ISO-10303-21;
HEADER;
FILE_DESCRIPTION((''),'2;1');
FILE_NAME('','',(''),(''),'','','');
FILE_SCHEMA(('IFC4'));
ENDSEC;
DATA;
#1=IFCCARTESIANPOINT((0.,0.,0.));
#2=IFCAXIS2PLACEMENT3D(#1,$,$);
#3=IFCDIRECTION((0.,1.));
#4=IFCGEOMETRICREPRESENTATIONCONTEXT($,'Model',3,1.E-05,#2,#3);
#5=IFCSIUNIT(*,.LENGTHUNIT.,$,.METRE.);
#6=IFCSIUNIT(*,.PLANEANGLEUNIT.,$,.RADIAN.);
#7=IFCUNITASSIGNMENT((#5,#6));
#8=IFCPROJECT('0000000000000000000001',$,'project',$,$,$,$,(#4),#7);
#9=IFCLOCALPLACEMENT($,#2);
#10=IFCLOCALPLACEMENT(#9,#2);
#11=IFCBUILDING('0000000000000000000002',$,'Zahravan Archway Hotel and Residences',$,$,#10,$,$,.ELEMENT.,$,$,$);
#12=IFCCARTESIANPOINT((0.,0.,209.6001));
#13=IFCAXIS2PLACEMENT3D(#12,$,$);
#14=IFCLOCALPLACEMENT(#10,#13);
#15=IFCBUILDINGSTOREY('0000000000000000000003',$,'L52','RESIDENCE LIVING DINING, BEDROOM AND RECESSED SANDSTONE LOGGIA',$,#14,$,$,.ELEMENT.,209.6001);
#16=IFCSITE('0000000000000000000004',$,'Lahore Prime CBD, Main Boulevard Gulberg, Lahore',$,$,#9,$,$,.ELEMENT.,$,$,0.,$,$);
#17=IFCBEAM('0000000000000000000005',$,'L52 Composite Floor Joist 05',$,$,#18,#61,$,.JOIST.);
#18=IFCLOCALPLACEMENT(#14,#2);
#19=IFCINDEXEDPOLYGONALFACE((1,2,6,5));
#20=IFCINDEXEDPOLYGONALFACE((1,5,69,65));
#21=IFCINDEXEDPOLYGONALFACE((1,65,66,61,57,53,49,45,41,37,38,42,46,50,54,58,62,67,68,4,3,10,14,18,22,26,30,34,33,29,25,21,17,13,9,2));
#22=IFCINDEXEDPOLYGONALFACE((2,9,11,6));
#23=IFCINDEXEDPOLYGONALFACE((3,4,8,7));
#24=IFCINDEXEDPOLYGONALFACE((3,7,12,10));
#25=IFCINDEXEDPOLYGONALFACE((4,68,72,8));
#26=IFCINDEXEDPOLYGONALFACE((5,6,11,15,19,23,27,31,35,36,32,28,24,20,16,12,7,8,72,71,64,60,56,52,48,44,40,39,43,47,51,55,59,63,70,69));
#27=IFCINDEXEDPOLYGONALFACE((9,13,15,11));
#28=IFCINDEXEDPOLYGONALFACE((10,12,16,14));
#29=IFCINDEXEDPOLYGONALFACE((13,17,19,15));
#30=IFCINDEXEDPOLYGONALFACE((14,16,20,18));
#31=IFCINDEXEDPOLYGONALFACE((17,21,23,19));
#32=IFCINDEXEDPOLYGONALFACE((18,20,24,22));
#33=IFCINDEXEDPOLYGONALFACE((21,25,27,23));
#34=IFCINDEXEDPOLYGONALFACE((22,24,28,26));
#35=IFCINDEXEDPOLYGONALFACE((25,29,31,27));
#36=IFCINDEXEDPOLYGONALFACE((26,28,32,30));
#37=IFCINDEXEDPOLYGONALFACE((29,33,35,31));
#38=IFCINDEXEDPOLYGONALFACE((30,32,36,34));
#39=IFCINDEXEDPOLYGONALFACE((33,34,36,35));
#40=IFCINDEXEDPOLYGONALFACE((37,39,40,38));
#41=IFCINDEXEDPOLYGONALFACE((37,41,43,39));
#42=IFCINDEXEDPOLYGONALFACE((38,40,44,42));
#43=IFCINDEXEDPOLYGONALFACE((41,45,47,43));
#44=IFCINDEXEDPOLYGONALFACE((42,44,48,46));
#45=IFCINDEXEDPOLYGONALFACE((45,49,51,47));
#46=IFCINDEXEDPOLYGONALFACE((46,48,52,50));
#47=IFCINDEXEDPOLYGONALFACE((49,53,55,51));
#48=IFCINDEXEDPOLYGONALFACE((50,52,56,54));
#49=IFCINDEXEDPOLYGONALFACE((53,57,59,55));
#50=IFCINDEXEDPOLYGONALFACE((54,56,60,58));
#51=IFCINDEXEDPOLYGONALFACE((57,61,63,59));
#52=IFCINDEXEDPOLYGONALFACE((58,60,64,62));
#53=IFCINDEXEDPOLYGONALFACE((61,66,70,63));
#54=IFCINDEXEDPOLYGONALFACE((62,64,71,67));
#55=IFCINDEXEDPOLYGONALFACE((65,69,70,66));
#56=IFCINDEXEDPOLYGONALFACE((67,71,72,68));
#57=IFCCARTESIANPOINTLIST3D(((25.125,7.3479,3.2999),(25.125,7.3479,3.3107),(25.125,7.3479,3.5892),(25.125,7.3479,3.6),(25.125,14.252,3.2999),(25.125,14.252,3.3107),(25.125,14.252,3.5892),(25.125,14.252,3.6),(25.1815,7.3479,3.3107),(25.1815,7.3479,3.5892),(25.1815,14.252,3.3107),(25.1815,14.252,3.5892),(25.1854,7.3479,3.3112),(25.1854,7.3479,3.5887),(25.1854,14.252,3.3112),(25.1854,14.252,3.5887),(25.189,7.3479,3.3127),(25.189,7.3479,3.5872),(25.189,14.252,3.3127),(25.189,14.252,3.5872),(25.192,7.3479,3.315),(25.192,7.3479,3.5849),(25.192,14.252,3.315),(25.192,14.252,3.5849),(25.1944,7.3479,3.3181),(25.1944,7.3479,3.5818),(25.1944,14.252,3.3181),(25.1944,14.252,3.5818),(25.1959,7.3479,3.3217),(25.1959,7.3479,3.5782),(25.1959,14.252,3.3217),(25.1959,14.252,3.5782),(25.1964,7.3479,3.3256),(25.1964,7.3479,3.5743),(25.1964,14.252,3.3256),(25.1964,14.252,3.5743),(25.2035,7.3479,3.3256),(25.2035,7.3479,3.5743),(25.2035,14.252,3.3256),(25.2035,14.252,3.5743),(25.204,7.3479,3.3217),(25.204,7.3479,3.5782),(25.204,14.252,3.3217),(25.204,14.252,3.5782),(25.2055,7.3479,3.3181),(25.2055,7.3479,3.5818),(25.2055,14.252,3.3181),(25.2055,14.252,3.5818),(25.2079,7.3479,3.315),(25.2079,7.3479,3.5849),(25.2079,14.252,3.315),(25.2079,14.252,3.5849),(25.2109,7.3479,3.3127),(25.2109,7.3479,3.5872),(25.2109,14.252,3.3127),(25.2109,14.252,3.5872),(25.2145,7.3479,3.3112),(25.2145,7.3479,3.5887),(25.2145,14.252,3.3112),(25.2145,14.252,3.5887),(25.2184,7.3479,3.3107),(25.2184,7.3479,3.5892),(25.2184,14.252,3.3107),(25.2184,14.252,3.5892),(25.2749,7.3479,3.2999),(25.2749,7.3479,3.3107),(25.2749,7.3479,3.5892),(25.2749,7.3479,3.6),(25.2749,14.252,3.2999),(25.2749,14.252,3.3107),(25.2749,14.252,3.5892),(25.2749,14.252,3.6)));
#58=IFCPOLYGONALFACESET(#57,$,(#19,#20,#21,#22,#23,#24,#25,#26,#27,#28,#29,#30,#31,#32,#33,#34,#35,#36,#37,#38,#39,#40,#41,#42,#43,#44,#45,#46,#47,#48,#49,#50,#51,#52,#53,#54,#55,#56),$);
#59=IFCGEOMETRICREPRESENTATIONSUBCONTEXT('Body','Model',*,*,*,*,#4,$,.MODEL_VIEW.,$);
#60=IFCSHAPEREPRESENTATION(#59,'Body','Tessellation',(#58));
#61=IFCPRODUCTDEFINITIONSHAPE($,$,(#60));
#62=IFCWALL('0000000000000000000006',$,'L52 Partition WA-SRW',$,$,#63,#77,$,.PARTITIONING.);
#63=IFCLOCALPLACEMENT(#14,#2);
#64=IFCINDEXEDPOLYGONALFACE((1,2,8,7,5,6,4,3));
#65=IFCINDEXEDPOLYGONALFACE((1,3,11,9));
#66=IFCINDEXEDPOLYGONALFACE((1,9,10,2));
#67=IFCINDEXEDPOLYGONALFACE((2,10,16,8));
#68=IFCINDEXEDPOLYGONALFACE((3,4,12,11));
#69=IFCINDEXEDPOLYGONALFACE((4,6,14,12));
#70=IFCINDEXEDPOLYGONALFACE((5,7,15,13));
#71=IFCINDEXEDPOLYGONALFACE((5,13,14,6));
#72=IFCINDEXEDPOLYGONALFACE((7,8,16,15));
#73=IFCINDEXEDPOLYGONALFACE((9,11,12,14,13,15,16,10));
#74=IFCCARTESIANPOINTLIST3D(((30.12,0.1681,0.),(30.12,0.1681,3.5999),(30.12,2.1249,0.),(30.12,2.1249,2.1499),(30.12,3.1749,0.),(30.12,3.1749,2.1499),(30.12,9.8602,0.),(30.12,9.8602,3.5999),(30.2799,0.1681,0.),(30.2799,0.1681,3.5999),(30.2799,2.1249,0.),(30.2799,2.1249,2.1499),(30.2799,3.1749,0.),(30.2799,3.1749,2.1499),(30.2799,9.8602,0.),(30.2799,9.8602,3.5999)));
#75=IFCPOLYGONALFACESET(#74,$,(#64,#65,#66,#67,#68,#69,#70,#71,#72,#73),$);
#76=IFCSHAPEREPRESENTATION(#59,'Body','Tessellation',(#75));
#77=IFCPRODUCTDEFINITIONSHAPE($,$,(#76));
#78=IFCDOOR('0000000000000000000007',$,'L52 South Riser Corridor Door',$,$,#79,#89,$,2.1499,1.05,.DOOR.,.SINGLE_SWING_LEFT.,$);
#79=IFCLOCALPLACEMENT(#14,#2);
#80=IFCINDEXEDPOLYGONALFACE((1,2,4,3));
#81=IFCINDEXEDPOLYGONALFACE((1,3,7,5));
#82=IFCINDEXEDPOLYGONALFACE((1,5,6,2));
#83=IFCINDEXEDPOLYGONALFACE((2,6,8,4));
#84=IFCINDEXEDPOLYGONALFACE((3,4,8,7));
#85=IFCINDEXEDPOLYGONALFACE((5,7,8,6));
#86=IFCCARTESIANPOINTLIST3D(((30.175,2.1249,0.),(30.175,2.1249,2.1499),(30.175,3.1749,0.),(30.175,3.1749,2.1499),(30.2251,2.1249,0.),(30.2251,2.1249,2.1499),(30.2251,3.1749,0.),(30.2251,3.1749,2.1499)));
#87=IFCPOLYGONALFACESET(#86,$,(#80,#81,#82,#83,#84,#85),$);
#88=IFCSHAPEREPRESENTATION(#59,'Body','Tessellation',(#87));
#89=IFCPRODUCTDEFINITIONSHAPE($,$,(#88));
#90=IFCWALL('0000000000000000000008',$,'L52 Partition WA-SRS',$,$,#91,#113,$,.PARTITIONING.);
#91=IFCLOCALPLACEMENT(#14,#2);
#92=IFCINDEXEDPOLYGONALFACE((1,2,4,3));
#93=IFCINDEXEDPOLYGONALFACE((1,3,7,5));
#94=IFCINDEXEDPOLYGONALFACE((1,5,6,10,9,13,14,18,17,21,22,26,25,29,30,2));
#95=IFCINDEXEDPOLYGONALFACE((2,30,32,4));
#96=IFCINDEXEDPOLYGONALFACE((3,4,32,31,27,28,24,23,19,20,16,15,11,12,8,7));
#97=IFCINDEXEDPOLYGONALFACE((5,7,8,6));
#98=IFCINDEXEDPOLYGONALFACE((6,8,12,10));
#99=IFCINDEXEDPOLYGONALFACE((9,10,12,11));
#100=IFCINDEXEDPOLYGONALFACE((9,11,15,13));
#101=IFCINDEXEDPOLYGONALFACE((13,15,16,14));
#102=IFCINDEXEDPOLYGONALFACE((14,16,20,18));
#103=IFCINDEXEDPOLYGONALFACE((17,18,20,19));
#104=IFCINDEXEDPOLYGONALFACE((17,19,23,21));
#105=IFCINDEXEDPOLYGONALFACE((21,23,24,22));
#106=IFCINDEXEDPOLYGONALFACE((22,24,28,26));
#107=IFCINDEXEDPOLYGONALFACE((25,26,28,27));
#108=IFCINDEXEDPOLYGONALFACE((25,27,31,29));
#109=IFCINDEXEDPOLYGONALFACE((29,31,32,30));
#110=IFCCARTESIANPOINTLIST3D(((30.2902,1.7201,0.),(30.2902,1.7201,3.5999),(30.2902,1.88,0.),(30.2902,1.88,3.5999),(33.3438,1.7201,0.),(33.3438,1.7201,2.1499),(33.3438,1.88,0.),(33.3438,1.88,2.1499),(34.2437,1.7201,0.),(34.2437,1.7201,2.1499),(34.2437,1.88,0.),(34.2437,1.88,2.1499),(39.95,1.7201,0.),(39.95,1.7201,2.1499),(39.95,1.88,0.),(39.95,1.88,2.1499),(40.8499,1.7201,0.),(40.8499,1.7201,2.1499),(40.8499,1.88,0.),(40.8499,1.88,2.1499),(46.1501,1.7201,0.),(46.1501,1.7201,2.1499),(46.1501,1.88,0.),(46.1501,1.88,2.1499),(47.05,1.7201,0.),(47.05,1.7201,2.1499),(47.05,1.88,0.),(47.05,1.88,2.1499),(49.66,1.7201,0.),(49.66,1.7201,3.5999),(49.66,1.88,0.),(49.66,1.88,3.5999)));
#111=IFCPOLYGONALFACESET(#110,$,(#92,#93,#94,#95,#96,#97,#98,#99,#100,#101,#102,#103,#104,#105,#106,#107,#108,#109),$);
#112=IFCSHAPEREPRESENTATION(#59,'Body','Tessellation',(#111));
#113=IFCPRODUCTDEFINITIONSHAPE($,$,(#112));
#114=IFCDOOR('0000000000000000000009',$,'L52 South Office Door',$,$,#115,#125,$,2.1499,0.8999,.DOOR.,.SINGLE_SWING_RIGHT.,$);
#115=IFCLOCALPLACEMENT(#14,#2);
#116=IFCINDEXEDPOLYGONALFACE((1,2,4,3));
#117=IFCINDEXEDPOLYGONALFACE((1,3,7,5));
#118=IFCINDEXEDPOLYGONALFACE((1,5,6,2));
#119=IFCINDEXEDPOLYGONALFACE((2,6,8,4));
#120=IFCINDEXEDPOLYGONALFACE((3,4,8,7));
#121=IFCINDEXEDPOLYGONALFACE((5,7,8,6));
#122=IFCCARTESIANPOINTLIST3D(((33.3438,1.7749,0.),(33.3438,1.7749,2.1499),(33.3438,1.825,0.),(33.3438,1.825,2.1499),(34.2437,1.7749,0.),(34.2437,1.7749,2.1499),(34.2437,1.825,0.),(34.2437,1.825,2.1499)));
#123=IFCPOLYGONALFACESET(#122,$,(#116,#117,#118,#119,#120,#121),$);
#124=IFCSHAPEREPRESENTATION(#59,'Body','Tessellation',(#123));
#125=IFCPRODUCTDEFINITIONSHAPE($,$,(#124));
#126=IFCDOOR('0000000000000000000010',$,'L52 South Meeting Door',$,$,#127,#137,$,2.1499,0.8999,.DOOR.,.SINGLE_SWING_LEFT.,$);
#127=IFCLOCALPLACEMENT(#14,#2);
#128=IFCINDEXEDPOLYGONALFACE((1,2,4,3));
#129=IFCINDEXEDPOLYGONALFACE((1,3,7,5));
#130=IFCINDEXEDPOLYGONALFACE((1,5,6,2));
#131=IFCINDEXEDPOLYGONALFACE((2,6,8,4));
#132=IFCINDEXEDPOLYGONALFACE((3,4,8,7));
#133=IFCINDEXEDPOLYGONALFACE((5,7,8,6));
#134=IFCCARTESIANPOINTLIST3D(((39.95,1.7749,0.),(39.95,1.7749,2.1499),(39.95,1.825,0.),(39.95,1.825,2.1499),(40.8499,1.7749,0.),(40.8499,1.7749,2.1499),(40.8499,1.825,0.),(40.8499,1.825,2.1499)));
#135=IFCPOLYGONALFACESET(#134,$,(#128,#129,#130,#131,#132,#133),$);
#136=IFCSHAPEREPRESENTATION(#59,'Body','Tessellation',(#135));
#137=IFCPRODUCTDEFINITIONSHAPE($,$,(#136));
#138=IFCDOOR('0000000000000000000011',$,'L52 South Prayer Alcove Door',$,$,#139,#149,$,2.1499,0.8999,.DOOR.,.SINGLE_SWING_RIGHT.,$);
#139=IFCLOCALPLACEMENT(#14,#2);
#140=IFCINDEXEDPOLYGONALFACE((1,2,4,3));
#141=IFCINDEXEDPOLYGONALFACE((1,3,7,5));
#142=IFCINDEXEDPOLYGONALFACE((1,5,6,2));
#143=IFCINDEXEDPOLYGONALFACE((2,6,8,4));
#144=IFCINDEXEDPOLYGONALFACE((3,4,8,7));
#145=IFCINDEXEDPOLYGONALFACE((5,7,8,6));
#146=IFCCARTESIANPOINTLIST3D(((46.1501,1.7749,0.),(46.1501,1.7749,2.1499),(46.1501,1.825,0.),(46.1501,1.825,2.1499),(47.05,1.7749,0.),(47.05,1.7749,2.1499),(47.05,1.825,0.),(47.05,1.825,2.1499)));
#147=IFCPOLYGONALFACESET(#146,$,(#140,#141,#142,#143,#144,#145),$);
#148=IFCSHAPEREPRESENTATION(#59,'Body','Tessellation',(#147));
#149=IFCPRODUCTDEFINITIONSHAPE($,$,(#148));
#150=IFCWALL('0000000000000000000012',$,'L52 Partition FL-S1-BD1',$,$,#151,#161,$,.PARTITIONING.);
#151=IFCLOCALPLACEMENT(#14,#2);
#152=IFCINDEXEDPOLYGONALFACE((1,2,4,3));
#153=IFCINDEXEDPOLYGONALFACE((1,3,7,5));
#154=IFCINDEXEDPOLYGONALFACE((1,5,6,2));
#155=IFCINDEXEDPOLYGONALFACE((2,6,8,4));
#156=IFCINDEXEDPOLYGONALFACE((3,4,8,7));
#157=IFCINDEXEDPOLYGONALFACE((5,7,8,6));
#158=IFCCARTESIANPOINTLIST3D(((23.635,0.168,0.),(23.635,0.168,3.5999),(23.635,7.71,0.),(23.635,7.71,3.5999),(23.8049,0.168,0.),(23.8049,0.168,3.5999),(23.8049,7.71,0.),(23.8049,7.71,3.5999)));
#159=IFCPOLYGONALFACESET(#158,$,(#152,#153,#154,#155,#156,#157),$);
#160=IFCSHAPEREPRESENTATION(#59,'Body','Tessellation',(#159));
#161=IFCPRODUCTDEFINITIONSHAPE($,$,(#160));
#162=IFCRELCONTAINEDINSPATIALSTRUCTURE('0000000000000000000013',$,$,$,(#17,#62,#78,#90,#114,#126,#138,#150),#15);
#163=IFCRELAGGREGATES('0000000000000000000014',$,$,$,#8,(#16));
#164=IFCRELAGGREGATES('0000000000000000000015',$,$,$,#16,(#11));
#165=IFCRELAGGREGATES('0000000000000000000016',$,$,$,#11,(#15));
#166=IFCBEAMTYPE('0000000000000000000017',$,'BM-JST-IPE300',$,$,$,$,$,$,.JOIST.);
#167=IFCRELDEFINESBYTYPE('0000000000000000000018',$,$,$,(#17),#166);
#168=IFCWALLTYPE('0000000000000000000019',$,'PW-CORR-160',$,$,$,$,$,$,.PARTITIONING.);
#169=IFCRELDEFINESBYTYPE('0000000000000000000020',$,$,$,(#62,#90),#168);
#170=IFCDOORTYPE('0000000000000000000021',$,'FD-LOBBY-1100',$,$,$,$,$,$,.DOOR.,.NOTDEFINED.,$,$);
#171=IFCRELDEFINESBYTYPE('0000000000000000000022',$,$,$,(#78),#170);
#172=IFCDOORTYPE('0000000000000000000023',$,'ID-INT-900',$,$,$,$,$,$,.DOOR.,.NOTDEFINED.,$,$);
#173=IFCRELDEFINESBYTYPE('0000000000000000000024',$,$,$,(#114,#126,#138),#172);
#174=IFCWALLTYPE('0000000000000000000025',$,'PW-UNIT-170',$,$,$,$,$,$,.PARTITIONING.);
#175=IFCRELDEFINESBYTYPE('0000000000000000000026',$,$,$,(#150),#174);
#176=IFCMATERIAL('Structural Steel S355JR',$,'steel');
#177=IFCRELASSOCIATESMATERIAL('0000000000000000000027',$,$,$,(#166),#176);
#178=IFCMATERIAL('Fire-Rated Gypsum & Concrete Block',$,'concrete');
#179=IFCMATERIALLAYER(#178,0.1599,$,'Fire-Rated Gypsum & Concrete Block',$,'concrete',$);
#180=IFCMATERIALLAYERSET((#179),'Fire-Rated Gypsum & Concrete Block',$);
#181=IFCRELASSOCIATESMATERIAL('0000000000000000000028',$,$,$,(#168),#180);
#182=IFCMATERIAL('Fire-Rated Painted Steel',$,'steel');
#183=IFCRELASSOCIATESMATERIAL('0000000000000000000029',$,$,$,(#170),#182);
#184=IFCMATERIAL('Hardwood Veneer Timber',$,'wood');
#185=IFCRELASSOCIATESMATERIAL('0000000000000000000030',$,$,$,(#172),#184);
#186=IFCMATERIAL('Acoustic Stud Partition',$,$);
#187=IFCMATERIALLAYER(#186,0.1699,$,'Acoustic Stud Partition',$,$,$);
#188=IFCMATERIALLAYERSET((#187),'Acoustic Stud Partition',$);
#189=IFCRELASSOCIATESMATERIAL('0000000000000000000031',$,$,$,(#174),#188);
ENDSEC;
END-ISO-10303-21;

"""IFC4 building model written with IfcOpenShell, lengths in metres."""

from ifc_helpers import new_model, si_unit, direction, frame, frame_2d, origin, origin_2d, place, context, subcontext, project, spatial, rectangle, i_section, extrude, source, transform, mapped, material, layer, layer_set, material_profile, profile_set, type_object, type_shapes, element, fill, save


model = new_model("IFC4")

# Units and contexts
model_context = context("Model", 3, precision=1e-05, world=origin(), true_north=direction((0.0, 1.0)))
body_context = subcontext(model_context, "Body", "Model", "MODEL_VIEW")
ifc_project = project(units=[si_unit("LENGTHUNIT", "METRE"), si_unit("PLANEANGLEUNIT", "RADIAN")], contexts=[model_context])

# Site, building, storey
site_placement = place(None, origin())
site = spatial("IfcSite", under=ifc_project, at=site_placement, Name="Lahore Prime CBD, Main Boulevard Gulberg, Lahore", CompositionType="ELEMENT", RefElevation=0.0)
building_placement = place(site_placement, origin())
building = spatial("IfcBuilding", under=site, at=building_placement, Name="Zahravan Archway Hotel and Residences", CompositionType="ELEMENT")
storey_placement = place(building_placement, frame((0.0, 0.0, 209.6001)))
storey = spatial("IfcBuildingStorey", under=building, at=storey_placement, Name="L52", Description="RESIDENCE LIVING DINING, BEDROOM AND RECESSED SANDSTONE LOGGIA", CompositionType="ELEMENT", Elevation=209.6001)

# Beam
ifc_material_1 = material(Name="Structural Steel S355JR", Category="steel")
ifc_material_profile_1 = material_profile(ifc_material_1, i_section(OverallWidth=0.1499, OverallDepth=0.3, WebThickness=0.0071, FlangeThickness=0.0107, FilletRadius=0.0149, at=origin_2d()), Name="IPE 300", Category="steel")
ifc_profile_set_1 = profile_set([ifc_material_profile_1], Name="Structural Steel S355JR")
beam_type_1 = type_object("IfcBeamType", Name="BM-JST-IPE300", PredefinedType="JOIST", material=ifc_profile_set_1)
shared_shape_1 = source(origin(), body_context, "Body", "SweptSolid", [
    extrude(i_section(OverallWidth=0.1499, OverallDepth=0.3, WebThickness=0.0071, FlangeThickness=0.0107, FilletRadius=0.0149, at=origin_2d()), origin(), (0.0, 0.0, 1.0), 6.9041),
])
type_shapes(beam_type_1, [shared_shape_1])
for number, where, z_axis, x_axis, name in (
    (1, (25.2, 7.3479, 3.45), (0.0, 1.0, 0.0), (-1.0, 0.0, 0.0), "L52 Composite Floor Joist 05"),
):
    element("IfcBeam", number, at=place(storey_placement, frame(where, z_axis=z_axis, x_axis=x_axis)), inside=storey, type_object=beam_type_1, Name=name, PredefinedType="JOIST", context=body_context, shape_type="MappedRepresentation", body=[
        mapped(shared_shape_1, transform((0.0, 0.0, 0.0), scale=1.0)),
    ])

# Wall, opening, door
ifc_material_2 = material(Name="Fire-Rated Gypsum & Concrete Block", Category="concrete")
ifc_layer_1 = layer(ifc_material_2, 0.1599, Name="Fire-Rated Gypsum & Concrete Block", Category="concrete")
ifc_layer_set_1 = layer_set([ifc_layer_1], Name="Fire-Rated Gypsum & Concrete Block")
wall_type_1 = type_object("IfcWallType", Name="PW-CORR-160", PredefinedType="PARTITIONING", material=ifc_layer_set_1)
wall_1_placement = place(storey_placement, frame((30.2, 0.168, 0.0), z_axis=(0.0, 0.0, 1.0), x_axis=(0.0, 1.0, 0.0)))
wall_1 = element("IfcWall", 2, at=wall_1_placement, inside=storey, type_object=wall_type_1, Name="L52 Partition WA-SRW", PredefinedType="PARTITIONING", context=body_context, shape_type="SweptSolid", body=[
    extrude(rectangle(XDim=9.6921, YDim=0.1599, at=frame_2d((4.8462, 0.0))), origin(), (0.0, 0.0, 1.0), 3.5999),
])
opening_1_placement = place(wall_1_placement, frame((1.957, 0.0, 0.0)))
opening_1 = element("IfcOpeningElement", 3, at=opening_1_placement, cuts=wall_1, PredefinedType="OPENING", context=body_context, shape_type="SweptSolid", body=[
    extrude(rectangle(XDim=1.05, YDim=2.1499, at=frame_2d((0.5249, 1.075))), frame((0.0, 0.0898, 0.0), z_axis=(0.0, -1.0, 0.0), x_axis=(1.0, 0.0, 0.0)), (0.0, 0.0, 1.0), 0.1799),
])
ifc_material_3 = material(Name="Fire-Rated Painted Steel", Category="steel")
door_type_1 = type_object("IfcDoorType", Name="FD-LOBBY-1100", OperationType="NOTDEFINED", PredefinedType="DOOR", material=ifc_material_3)
shared_shape_2 = source(origin(), body_context, "Body", "SweptSolid", [
    extrude(rectangle(XDim=1.05, YDim=2.1499, at=frame_2d((0.5249, 1.075))), frame((0.0, 0.0249, 0.0), z_axis=(0.0, -1.0, 0.0), x_axis=(1.0, 0.0, 0.0)), (0.0, 0.0, 1.0), 0.05),
])
type_shapes(door_type_1, [shared_shape_2])
door_1_placement = place(opening_1_placement, origin())
door_1 = element("IfcDoor", 4, at=door_1_placement, inside=storey, type_object=door_type_1, Name="L52 South Riser Corridor Door", OperationType="SINGLE_SWING_LEFT", OverallHeight=2.1499, OverallWidth=1.05, PredefinedType="DOOR", context=body_context, shape_type="MappedRepresentation", body=[
    mapped(shared_shape_2, transform((0.0, 0.0, 0.0), scale=1.0)),
])
fill(opening_1, door_1)

# Wall, openings, doors
wall_2_placement = place(storey_placement, frame((30.29, 1.8, 0.0), z_axis=(0.0, 0.0, 1.0), x_axis=(1.0, 0.0, 0.0)))
wall_2 = element("IfcWall", 5, at=wall_2_placement, inside=storey, type_object=wall_type_1, Name="L52 Partition WA-SRS", PredefinedType="PARTITIONING", context=body_context, shape_type="SweptSolid", body=[
    extrude(rectangle(XDim=19.3699, YDim=0.1599, at=frame_2d((9.6851, 0.0))), origin(), (0.0, 0.0, 1.0), 3.5999),
])
opening_2_placement = place(wall_2_placement, frame((3.0537, 0.0, 0.0)))
opening_2 = element("IfcOpeningElement", 6, at=opening_2_placement, cuts=wall_2, PredefinedType="OPENING", context=body_context, shape_type="SweptSolid", body=[
    extrude(rectangle(XDim=0.8999, YDim=2.1499, at=frame_2d((0.45, 1.075))), frame((0.0, 0.0898, 0.0), z_axis=(0.0, -1.0, 0.0), x_axis=(1.0, 0.0, 0.0)), (0.0, 0.0, 1.0), 0.1799),
])
opening_3_placement = place(wall_2_placement, frame((9.6599, 0.0, 0.0)))
opening_3 = element("IfcOpeningElement", 7, at=opening_3_placement, cuts=wall_2, PredefinedType="OPENING", context=body_context, shape_type="SweptSolid", body=[
    extrude(rectangle(XDim=0.8999, YDim=2.1499, at=frame_2d((0.45, 1.075))), frame((0.0, 0.0898, 0.0), z_axis=(0.0, -1.0, 0.0), x_axis=(1.0, 0.0, 0.0)), (0.0, 0.0, 1.0), 0.1799),
])
opening_4_placement = place(wall_2_placement, frame((15.8601, 0.0, 0.0)))
opening_4 = element("IfcOpeningElement", 8, at=opening_4_placement, cuts=wall_2, PredefinedType="OPENING", context=body_context, shape_type="SweptSolid", body=[
    extrude(rectangle(XDim=0.8999, YDim=2.1499, at=frame_2d((0.45, 1.075))), frame((0.0, 0.0898, 0.0), z_axis=(0.0, -1.0, 0.0), x_axis=(1.0, 0.0, 0.0)), (0.0, 0.0, 1.0), 0.1799),
])
ifc_material_4 = material(Name="Hardwood Veneer Timber", Category="wood")
door_type_2 = type_object("IfcDoorType", Name="ID-INT-900", OperationType="NOTDEFINED", PredefinedType="DOOR", material=ifc_material_4)
shared_shape_3 = source(origin(), body_context, "Body", "SweptSolid", [
    extrude(rectangle(XDim=0.8999, YDim=2.1499, at=frame_2d((0.45, 1.075))), frame((0.0, 0.0249, 0.0), z_axis=(0.0, -1.0, 0.0), x_axis=(1.0, 0.0, 0.0)), (0.0, 0.0, 1.0), 0.05),
])
type_shapes(door_type_2, [shared_shape_3])
door_2_placement = place(opening_2_placement, origin())
door_2 = element("IfcDoor", 9, at=door_2_placement, inside=storey, type_object=door_type_2, Name="L52 South Office Door", OperationType="SINGLE_SWING_RIGHT", OverallHeight=2.1499, OverallWidth=0.8999, PredefinedType="DOOR", context=body_context, shape_type="MappedRepresentation", body=[
    mapped(shared_shape_3, transform((0.0, 0.0, 0.0), scale=1.0)),
])
fill(opening_2, door_2)
door_3_placement = place(opening_3_placement, origin())
door_3 = element("IfcDoor", 10, at=door_3_placement, inside=storey, type_object=door_type_2, Name="L52 South Meeting Door", OperationType="SINGLE_SWING_LEFT", OverallHeight=2.1499, OverallWidth=0.8999, PredefinedType="DOOR", context=body_context, shape_type="MappedRepresentation", body=[
    mapped(shared_shape_3, transform((0.0, 0.0, 0.0), scale=1.0)),
])
fill(opening_3, door_3)
door_4_placement = place(opening_4_placement, origin())
door_4 = element("IfcDoor", 11, at=door_4_placement, inside=storey, type_object=door_type_2, Name="L52 South Prayer Alcove Door", OperationType="SINGLE_SWING_RIGHT", OverallHeight=2.1499, OverallWidth=0.8999, PredefinedType="DOOR", context=body_context, shape_type="MappedRepresentation", body=[
    mapped(shared_shape_3, transform((0.0, 0.0, 0.0), scale=1.0)),
])
fill(opening_4, door_4)

# Wall
ifc_material_5 = material(Name="Acoustic Stud Partition")
ifc_layer_2 = layer(ifc_material_5, 0.1699, Name="Acoustic Stud Partition")
ifc_layer_set_2 = layer_set([ifc_layer_2], Name="Acoustic Stud Partition")
wall_type_2 = type_object("IfcWallType", Name="PW-UNIT-170", PredefinedType="PARTITIONING", material=ifc_layer_set_2)
for number, where, z_axis, x_axis, name in (
    (12, (23.72, 0.168, 0.0), (0.0, 0.0, 1.0), (0.0, 1.0, 0.0), "L52 Partition FL-S1-BD1"),
):
    element("IfcWall", number, at=place(storey_placement, frame(where, z_axis=z_axis, x_axis=x_axis)), inside=storey, type_object=wall_type_2, Name=name, PredefinedType="PARTITIONING", context=body_context, shape_type="SweptSolid", body=[
        extrude(rectangle(XDim=7.542, YDim=0.1699, at=frame_2d((3.771, 0.0))), origin(), (0.0, 0.0, 1.0), 3.5999),
    ])

save(model, "model.ifc")
